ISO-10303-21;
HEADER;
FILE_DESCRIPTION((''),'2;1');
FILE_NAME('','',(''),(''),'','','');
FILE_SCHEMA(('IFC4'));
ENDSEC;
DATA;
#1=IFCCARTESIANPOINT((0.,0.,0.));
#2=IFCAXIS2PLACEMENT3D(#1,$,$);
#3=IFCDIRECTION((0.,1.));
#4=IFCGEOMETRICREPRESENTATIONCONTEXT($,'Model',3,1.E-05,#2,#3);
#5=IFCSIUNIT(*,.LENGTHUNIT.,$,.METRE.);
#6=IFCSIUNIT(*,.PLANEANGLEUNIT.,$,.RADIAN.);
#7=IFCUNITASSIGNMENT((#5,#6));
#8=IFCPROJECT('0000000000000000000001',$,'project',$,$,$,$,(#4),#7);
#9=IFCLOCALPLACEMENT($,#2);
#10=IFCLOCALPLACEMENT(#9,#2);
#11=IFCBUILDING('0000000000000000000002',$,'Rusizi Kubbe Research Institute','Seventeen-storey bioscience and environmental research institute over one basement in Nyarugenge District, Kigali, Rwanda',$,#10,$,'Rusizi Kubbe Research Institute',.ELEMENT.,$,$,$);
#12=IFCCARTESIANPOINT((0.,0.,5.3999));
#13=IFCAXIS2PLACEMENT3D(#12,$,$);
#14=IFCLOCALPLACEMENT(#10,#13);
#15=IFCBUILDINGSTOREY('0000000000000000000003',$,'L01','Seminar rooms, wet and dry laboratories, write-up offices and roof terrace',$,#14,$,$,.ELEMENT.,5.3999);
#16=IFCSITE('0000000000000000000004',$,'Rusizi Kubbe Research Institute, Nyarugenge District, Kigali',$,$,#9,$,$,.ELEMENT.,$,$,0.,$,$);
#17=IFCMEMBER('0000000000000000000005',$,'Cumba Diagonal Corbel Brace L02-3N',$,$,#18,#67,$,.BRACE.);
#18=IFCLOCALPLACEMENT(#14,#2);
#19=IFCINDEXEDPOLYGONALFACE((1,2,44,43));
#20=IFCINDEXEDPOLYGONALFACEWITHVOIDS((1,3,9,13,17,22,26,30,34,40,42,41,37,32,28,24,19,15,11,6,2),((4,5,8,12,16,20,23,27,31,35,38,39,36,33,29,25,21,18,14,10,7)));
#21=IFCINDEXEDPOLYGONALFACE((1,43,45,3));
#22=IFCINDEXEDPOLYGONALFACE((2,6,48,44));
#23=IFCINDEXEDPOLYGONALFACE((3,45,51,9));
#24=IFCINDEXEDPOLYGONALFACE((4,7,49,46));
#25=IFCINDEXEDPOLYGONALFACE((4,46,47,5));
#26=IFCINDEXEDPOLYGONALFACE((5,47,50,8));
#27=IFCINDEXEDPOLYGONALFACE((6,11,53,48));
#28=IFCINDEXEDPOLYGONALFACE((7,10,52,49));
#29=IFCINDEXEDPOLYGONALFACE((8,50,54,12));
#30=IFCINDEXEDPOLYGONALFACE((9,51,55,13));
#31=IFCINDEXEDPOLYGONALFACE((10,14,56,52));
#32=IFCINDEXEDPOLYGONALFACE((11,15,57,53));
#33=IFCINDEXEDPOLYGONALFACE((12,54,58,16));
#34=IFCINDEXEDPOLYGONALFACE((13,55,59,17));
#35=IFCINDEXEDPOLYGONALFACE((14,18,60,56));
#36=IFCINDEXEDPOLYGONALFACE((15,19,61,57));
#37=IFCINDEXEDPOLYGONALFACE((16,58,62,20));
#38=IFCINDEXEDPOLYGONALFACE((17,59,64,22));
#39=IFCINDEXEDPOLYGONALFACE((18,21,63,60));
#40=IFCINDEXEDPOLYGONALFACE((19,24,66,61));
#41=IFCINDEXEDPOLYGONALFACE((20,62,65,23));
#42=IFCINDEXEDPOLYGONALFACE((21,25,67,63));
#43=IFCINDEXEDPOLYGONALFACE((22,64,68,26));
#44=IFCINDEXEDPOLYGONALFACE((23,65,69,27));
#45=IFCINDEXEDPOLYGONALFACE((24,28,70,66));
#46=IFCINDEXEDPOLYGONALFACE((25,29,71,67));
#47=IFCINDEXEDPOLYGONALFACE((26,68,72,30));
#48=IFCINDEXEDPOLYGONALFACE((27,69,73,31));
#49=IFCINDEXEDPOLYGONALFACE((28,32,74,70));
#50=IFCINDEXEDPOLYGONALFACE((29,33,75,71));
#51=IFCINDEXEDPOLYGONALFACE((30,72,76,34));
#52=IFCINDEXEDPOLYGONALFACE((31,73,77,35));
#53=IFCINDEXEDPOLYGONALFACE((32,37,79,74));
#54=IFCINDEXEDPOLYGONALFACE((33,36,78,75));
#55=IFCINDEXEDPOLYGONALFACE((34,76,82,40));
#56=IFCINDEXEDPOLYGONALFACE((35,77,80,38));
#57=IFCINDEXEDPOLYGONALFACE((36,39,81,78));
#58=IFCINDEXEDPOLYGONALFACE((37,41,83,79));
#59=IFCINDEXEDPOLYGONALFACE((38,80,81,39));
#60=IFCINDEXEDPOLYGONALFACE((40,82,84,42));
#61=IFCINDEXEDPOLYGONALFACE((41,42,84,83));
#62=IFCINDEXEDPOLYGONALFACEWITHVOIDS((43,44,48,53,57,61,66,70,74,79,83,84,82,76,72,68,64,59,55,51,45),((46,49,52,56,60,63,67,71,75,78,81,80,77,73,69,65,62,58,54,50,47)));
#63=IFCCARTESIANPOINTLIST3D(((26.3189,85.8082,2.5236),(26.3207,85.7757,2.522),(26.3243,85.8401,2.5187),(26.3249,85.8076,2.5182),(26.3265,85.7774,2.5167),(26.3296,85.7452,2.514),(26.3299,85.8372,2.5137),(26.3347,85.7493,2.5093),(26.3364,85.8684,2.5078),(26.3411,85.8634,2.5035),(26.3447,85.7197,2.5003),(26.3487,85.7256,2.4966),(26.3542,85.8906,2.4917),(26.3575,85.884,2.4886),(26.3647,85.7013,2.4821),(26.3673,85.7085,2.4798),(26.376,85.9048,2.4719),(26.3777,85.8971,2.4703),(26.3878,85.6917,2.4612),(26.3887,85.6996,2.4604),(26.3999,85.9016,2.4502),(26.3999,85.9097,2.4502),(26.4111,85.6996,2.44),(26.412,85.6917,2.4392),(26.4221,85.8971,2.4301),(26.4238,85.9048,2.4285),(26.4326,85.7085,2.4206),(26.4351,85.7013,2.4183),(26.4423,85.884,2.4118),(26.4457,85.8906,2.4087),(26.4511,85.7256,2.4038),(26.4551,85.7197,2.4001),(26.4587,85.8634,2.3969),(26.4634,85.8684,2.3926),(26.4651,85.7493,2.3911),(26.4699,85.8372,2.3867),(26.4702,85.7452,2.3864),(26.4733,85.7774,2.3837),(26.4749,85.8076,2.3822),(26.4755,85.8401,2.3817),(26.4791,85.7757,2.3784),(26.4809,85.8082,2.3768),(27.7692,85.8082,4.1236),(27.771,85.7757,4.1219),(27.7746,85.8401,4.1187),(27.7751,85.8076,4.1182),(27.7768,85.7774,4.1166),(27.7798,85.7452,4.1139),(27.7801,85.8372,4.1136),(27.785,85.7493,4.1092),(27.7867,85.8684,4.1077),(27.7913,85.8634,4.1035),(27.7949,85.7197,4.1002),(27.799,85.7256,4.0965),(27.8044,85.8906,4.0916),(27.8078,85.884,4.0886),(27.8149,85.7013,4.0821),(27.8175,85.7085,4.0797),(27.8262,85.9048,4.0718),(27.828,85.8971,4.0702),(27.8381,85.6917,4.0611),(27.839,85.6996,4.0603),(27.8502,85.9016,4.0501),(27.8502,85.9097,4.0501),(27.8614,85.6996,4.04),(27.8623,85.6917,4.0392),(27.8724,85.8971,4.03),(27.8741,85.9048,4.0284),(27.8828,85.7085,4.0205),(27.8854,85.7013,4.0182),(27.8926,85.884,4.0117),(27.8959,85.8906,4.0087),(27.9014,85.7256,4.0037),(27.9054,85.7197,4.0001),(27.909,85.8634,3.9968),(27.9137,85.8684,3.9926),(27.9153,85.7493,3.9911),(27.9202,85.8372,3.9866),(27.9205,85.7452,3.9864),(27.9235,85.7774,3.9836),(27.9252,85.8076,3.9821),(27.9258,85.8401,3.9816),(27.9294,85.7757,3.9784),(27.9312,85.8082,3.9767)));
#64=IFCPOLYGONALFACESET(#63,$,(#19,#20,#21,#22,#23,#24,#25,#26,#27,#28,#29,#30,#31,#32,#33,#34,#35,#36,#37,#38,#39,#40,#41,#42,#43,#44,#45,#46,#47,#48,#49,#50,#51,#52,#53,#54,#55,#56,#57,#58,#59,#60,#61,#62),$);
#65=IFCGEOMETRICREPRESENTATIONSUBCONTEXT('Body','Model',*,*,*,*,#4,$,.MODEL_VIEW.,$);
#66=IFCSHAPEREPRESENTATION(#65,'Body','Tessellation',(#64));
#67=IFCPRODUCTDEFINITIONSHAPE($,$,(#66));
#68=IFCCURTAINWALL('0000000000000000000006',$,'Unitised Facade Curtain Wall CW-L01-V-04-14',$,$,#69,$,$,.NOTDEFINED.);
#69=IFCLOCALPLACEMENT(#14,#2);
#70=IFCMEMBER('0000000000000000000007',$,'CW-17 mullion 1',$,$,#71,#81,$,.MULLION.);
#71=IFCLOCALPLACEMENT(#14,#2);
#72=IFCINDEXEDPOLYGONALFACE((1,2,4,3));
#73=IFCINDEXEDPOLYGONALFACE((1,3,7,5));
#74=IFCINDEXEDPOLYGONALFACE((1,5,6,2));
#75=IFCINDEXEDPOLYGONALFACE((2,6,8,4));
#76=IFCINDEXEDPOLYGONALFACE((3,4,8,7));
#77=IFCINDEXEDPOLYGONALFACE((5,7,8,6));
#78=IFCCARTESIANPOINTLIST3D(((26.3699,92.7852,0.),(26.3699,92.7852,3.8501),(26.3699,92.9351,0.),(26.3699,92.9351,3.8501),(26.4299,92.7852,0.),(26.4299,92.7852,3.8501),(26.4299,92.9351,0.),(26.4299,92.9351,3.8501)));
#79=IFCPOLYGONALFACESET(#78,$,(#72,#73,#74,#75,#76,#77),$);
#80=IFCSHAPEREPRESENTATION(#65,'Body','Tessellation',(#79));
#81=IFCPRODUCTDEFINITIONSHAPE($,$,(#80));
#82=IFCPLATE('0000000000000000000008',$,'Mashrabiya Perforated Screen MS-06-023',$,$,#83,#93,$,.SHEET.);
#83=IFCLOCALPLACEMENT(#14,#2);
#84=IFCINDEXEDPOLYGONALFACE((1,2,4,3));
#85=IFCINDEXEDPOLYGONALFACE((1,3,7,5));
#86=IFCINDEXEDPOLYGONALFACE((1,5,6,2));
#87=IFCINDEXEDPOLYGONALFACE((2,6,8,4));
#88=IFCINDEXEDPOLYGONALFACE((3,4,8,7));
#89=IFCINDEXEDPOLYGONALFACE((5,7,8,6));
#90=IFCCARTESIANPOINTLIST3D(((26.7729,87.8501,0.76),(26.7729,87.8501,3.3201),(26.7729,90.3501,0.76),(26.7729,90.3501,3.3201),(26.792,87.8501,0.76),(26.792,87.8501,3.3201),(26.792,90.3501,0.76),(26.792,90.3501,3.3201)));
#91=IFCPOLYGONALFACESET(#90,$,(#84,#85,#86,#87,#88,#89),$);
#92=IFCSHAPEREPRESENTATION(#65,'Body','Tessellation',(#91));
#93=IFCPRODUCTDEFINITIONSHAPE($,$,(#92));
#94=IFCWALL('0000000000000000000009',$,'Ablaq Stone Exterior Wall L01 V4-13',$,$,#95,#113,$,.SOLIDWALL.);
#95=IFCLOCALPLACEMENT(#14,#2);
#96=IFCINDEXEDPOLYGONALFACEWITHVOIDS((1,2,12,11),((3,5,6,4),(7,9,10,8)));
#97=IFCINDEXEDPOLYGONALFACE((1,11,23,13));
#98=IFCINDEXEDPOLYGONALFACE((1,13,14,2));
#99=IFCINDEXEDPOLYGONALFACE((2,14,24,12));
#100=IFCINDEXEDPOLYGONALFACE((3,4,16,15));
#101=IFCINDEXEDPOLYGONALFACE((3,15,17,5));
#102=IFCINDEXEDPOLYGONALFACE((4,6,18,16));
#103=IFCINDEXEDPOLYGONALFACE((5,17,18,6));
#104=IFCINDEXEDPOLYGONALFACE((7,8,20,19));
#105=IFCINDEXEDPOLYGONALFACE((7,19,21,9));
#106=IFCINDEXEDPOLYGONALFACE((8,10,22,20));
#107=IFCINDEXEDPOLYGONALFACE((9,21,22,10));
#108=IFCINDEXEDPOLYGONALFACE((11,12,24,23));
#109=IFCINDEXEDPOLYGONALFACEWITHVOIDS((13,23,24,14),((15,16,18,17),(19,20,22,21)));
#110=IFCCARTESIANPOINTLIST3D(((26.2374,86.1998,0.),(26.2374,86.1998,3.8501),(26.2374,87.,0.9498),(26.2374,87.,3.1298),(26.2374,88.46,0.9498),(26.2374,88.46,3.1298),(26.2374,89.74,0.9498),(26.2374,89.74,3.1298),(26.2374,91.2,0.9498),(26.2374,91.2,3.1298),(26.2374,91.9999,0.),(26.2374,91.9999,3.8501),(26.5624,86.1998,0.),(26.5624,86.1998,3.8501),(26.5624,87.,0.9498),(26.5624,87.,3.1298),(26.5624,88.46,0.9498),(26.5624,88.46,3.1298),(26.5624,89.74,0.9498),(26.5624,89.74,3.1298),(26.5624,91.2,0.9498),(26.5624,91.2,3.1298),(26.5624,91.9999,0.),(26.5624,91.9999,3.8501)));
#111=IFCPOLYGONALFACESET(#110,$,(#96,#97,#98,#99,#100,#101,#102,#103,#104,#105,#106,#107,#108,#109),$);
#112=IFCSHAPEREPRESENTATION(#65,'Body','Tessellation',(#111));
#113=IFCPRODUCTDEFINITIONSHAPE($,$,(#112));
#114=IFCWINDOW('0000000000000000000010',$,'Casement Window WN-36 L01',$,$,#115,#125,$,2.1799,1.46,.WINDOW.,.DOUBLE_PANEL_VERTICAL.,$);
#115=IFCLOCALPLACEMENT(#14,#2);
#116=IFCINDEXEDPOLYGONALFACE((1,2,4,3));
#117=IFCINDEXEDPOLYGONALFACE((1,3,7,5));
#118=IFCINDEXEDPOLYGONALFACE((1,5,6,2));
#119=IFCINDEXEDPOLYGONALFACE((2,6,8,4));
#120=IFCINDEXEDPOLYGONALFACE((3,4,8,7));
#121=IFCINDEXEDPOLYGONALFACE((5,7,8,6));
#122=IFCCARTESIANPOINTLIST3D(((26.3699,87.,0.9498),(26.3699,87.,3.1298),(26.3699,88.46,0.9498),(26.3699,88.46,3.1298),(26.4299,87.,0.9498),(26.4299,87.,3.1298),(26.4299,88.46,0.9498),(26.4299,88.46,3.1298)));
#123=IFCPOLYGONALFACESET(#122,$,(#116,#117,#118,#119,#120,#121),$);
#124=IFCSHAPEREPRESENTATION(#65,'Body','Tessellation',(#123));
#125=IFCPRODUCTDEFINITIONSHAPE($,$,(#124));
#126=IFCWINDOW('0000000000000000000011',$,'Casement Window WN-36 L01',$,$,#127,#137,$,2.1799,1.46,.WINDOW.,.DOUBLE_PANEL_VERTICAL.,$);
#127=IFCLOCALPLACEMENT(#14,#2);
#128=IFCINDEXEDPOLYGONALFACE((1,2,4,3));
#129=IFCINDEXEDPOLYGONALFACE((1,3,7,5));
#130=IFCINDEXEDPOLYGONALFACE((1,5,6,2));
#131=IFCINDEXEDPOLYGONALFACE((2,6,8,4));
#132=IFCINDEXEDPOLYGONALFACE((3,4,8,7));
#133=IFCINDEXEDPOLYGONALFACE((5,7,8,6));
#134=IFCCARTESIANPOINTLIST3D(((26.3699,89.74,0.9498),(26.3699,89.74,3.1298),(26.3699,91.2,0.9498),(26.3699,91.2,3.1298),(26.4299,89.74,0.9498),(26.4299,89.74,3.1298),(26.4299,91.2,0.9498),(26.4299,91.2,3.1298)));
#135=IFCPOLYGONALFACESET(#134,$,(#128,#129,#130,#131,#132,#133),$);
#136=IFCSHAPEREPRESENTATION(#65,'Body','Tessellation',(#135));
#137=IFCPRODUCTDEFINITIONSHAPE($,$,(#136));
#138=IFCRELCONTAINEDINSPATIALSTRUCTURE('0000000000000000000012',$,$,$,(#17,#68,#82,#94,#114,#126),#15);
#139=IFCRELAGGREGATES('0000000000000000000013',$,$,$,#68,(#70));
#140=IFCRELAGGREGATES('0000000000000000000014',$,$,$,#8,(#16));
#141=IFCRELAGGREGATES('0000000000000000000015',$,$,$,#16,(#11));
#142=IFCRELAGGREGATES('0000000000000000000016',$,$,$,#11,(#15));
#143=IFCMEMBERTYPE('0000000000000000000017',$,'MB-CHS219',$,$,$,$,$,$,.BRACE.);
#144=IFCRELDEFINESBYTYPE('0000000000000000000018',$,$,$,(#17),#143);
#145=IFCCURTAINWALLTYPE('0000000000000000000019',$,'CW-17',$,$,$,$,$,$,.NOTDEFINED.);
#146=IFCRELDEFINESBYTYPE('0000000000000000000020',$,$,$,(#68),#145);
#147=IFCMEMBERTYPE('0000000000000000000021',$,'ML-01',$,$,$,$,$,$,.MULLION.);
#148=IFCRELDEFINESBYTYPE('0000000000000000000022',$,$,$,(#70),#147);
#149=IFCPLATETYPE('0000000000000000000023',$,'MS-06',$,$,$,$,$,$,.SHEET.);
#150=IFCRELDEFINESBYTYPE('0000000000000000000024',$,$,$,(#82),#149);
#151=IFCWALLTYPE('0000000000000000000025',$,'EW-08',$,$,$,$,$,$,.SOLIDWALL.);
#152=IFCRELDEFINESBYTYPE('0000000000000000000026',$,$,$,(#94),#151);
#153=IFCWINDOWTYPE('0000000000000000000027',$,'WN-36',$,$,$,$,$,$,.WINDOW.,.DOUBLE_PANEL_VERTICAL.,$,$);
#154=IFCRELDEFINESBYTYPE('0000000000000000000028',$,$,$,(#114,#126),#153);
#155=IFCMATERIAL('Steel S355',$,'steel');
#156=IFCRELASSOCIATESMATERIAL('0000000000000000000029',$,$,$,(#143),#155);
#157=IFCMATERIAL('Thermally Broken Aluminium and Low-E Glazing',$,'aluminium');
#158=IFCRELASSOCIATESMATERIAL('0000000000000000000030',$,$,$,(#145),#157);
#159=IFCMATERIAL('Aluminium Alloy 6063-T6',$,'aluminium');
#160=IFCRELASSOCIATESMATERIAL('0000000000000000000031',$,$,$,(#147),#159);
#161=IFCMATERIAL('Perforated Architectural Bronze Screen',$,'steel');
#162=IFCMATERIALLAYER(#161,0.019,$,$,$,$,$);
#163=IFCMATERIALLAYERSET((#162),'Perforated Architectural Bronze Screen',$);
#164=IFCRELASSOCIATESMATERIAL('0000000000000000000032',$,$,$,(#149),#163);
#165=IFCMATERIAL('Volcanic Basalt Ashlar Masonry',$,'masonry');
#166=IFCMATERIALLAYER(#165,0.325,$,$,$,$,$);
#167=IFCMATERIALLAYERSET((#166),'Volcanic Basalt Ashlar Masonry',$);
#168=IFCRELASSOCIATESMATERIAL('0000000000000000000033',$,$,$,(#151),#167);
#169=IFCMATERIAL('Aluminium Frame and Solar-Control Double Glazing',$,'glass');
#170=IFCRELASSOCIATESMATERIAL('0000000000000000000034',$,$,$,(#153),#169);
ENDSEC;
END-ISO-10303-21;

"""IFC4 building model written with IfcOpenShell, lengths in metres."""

from ifc_helpers import new_model, si_unit, direction, frame, frame_2d, origin, origin_2d, place, context, subcontext, project, spatial, rectangle, hollow_circle, extrude, material, layer, layer_set, material_profile, profile_set, type_object, element, fill, aggregate, save


model = new_model("IFC4")

# Units and contexts
model_context = context("Model", 3, precision=1e-05, world=origin(), true_north=direction((0.0, 1.0)))
body_context = subcontext(model_context, "Body", "Model", "MODEL_VIEW")
ifc_project = project(units=[si_unit("LENGTHUNIT", "METRE"), si_unit("PLANEANGLEUNIT", "RADIAN")], contexts=[model_context])

# Site, building, storey
site_placement = place(None, origin())
site = spatial("IfcSite", under=ifc_project, at=site_placement, Name="Rusizi Kubbe Research Institute, Nyarugenge District, Kigali", CompositionType="ELEMENT", RefElevation=0.0)
building_placement = place(site_placement, origin())
building = spatial("IfcBuilding", under=site, at=building_placement, Name="Rusizi Kubbe Research Institute", Description="Seventeen-storey bioscience and environmental research institute over one basement in Nyarugenge District, Kigali, Rwanda", LongName="Rusizi Kubbe Research Institute", CompositionType="ELEMENT")
storey_placement = place(building_placement, frame((0.0, 0.0, 5.3999)))
storey = spatial("IfcBuildingStorey", under=building, at=storey_placement, Name="L01", Description="Seminar rooms, wet and dry laboratories, write-up offices and roof terrace", CompositionType="ELEMENT", Elevation=5.3999)

# Member
ifc_material_1 = material(Name="Steel S355", Category="steel")
ifc_material_profile_1 = material_profile(ifc_material_1, hollow_circle(Radius=0.1096, WallThickness=0.0081, at=origin_2d()), Name="CHS 219.1x8.0")
ifc_profile_set_1 = profile_set([ifc_material_profile_1], Name="Steel S355")
member_type_1 = type_object("IfcMemberType", Name="MB-CHS219", PredefinedType="BRACE", material=ifc_profile_set_1)
member_1_placement = place(storey_placement, frame((26.3999, 85.8, 2.4502), z_axis=(0.671603, 0.0, 0.740911), x_axis=(0.0, 1.0, 0.0)))
element("IfcMember", 1, at=member_1_placement, inside=storey, type_object=member_type_1, Name="Cumba Diagonal Corbel Brace L02-3N", PredefinedType="BRACE", context=body_context, shape_type="SweptSolid", body=[
    extrude(hollow_circle(Radius=0.1096, WallThickness=0.0081, at=origin_2d()), origin(), (0.0, 0.0, 1.0), 2.1594),
])

# Curtain wall, member
ifc_material_2 = material(Name="Thermally Broken Aluminium and Low-E Glazing", Category="aluminium")
curtain_wall_type = type_object("IfcCurtainWallType", Name="CW-17", PredefinedType="NOTDEFINED", material=ifc_material_2)
curtain_wall_placement = place(storey_placement, origin())
curtain_wall = element("IfcCurtainWall", 2, at=curtain_wall_placement, inside=storey, type_object=curtain_wall_type, Name="Unitised Facade Curtain Wall CW-L01-V-04-14", PredefinedType="NOTDEFINED")
ifc_material_3 = material(Name="Aluminium Alloy 6063-T6", Category="aluminium")
ifc_material_profile_2 = material_profile(ifc_material_3, rectangle(XDim=0.0601, YDim=0.1499, at=origin_2d()), Name="ALU-M 60x150")
ifc_profile_set_2 = profile_set([ifc_material_profile_2], Name="Aluminium Alloy 6063-T6")
member_type_2 = type_object("IfcMemberType", Name="ML-01", PredefinedType="MULLION", material=ifc_profile_set_2)
member_2_placement = place(storey_placement, frame((26.3999, 92.8601, 0.0), z_axis=(0.0, 0.0, 1.0), x_axis=(-1.0, 0.0, 0.0)))
member_2 = element("IfcMember", 3, at=member_2_placement, type_object=member_type_2, Name="CW-17 mullion 1", PredefinedType="MULLION", context=body_context, shape_type="SweptSolid", body=[
    extrude(rectangle(XDim=0.0601, YDim=0.1499, at=origin_2d()), origin(), (0.0, 0.0, 1.0), 3.8501),
])
aggregate(curtain_wall, [member_2])

# Plate
ifc_material_4 = material(Name="Perforated Architectural Bronze Screen", Category="steel")
ifc_layer_1 = layer(ifc_material_4, 0.019)
ifc_layer_set_1 = layer_set([ifc_layer_1], Name="Perforated Architectural Bronze Screen")
plate_type = type_object("IfcPlateType", Name="MS-06", PredefinedType="SHEET", material=ifc_layer_set_1)
plate_placement = place(storey_placement, frame((26.7825, 89.1001, 0.76), z_axis=(0.0, 0.0, 1.0), x_axis=(0.0, 1.0, 0.0)))
element("IfcPlate", 4, at=plate_placement, inside=storey, type_object=plate_type, Name="Mashrabiya Perforated Screen MS-06-023", PredefinedType="SHEET", context=body_context, shape_type="SweptSolid", body=[
    extrude(rectangle(XDim=2.5, YDim=0.019, at=origin_2d()), origin(), (0.0, 0.0, 1.0), 2.5601),
])

# Wall, openings, windows
ifc_material_5 = material(Name="Volcanic Basalt Ashlar Masonry", Category="masonry")
ifc_layer_2 = layer(ifc_material_5, 0.325)
ifc_layer_set_2 = layer_set([ifc_layer_2], Name="Volcanic Basalt Ashlar Masonry")
wall_type = type_object("IfcWallType", Name="EW-08", PredefinedType="SOLIDWALL", material=ifc_layer_set_2)
wall_placement = place(storey_placement, frame((26.3999, 86.2, 0.0), z_axis=(0.0, 0.0, 1.0), x_axis=(0.0, 1.0, 0.0)))
wall = element("IfcWall", 5, at=wall_placement, inside=storey, type_object=wall_type, Name="Ablaq Stone Exterior Wall L01 V4-13", PredefinedType="SOLIDWALL", context=body_context, shape_type="SweptSolid", body=[
    extrude(rectangle(XDim=5.8, YDim=0.325, at=frame_2d((2.8999, 0.0))), origin(), (0.0, 0.0, 1.0), 3.8501),
])
opening_1_placement = place(wall_placement, frame((0.8, 0.0, 0.95)))
opening_1 = element("IfcOpeningElement", 6, at=opening_1_placement, cuts=wall, PredefinedType="OPENING", context=body_context, shape_type="SweptSolid", body=[
    extrude(rectangle(XDim=1.46, YDim=2.1799, at=frame_2d((0.73, 1.0898))), frame((0.0, 0.1724, 0.0), z_axis=(0.0, -1.0, 0.0), x_axis=(1.0, 0.0, 0.0)), (0.0, 0.0, 1.0), 0.345),
])
opening_2_placement = place(wall_placement, frame((3.54, 0.0, 0.95)))
opening_2 = element("IfcOpeningElement", 7, at=opening_2_placement, cuts=wall, PredefinedType="OPENING", context=body_context, shape_type="SweptSolid", body=[
    extrude(rectangle(XDim=1.46, YDim=2.1799, at=frame_2d((0.73, 1.0898))), frame((0.0, 0.1724, 0.0), z_axis=(0.0, -1.0, 0.0), x_axis=(1.0, 0.0, 0.0)), (0.0, 0.0, 1.0), 0.345),
])
ifc_material_6 = material(Name="Aluminium Frame and Solar-Control Double Glazing", Category="glass")
window_type = type_object("IfcWindowType", Name="WN-36", PartitioningType="DOUBLE_PANEL_VERTICAL", PredefinedType="WINDOW", material=ifc_material_6)
window_1_placement = place(opening_1_placement, origin())
window_1 = element("IfcWindow", 8, at=window_1_placement, inside=storey, type_object=window_type, Name="Casement Window WN-36 L01", OverallHeight=2.1799, OverallWidth=1.46, PartitioningType="DOUBLE_PANEL_VERTICAL", PredefinedType="WINDOW", context=body_context, shape_type="SweptSolid", body=[
    extrude(rectangle(XDim=1.46, YDim=2.1799, at=frame_2d((0.73, 1.0898))), frame((0.0, 0.03, 0.0), z_axis=(0.0, -1.0, 0.0), x_axis=(1.0, 0.0, 0.0)), (0.0, 0.0, 1.0), 0.0601),
])
fill(opening_1, window_1)
window_2_placement = place(opening_2_placement, origin())
window_2 = element("IfcWindow", 9, at=window_2_placement, inside=storey, type_object=window_type, Name="Casement Window WN-36 L01", OverallHeight=2.1799, OverallWidth=1.46, PartitioningType="DOUBLE_PANEL_VERTICAL", PredefinedType="WINDOW", context=body_context, shape_type="SweptSolid", body=[
    extrude(rectangle(XDim=1.46, YDim=2.1799, at=frame_2d((0.73, 1.0898))), frame((0.0, 0.03, 0.0), z_axis=(0.0, -1.0, 0.0), x_axis=(1.0, 0.0, 0.0)), (0.0, 0.0, 1.0), 0.0601),
])
fill(opening_2, window_2)

save(model, "model.ifc")
